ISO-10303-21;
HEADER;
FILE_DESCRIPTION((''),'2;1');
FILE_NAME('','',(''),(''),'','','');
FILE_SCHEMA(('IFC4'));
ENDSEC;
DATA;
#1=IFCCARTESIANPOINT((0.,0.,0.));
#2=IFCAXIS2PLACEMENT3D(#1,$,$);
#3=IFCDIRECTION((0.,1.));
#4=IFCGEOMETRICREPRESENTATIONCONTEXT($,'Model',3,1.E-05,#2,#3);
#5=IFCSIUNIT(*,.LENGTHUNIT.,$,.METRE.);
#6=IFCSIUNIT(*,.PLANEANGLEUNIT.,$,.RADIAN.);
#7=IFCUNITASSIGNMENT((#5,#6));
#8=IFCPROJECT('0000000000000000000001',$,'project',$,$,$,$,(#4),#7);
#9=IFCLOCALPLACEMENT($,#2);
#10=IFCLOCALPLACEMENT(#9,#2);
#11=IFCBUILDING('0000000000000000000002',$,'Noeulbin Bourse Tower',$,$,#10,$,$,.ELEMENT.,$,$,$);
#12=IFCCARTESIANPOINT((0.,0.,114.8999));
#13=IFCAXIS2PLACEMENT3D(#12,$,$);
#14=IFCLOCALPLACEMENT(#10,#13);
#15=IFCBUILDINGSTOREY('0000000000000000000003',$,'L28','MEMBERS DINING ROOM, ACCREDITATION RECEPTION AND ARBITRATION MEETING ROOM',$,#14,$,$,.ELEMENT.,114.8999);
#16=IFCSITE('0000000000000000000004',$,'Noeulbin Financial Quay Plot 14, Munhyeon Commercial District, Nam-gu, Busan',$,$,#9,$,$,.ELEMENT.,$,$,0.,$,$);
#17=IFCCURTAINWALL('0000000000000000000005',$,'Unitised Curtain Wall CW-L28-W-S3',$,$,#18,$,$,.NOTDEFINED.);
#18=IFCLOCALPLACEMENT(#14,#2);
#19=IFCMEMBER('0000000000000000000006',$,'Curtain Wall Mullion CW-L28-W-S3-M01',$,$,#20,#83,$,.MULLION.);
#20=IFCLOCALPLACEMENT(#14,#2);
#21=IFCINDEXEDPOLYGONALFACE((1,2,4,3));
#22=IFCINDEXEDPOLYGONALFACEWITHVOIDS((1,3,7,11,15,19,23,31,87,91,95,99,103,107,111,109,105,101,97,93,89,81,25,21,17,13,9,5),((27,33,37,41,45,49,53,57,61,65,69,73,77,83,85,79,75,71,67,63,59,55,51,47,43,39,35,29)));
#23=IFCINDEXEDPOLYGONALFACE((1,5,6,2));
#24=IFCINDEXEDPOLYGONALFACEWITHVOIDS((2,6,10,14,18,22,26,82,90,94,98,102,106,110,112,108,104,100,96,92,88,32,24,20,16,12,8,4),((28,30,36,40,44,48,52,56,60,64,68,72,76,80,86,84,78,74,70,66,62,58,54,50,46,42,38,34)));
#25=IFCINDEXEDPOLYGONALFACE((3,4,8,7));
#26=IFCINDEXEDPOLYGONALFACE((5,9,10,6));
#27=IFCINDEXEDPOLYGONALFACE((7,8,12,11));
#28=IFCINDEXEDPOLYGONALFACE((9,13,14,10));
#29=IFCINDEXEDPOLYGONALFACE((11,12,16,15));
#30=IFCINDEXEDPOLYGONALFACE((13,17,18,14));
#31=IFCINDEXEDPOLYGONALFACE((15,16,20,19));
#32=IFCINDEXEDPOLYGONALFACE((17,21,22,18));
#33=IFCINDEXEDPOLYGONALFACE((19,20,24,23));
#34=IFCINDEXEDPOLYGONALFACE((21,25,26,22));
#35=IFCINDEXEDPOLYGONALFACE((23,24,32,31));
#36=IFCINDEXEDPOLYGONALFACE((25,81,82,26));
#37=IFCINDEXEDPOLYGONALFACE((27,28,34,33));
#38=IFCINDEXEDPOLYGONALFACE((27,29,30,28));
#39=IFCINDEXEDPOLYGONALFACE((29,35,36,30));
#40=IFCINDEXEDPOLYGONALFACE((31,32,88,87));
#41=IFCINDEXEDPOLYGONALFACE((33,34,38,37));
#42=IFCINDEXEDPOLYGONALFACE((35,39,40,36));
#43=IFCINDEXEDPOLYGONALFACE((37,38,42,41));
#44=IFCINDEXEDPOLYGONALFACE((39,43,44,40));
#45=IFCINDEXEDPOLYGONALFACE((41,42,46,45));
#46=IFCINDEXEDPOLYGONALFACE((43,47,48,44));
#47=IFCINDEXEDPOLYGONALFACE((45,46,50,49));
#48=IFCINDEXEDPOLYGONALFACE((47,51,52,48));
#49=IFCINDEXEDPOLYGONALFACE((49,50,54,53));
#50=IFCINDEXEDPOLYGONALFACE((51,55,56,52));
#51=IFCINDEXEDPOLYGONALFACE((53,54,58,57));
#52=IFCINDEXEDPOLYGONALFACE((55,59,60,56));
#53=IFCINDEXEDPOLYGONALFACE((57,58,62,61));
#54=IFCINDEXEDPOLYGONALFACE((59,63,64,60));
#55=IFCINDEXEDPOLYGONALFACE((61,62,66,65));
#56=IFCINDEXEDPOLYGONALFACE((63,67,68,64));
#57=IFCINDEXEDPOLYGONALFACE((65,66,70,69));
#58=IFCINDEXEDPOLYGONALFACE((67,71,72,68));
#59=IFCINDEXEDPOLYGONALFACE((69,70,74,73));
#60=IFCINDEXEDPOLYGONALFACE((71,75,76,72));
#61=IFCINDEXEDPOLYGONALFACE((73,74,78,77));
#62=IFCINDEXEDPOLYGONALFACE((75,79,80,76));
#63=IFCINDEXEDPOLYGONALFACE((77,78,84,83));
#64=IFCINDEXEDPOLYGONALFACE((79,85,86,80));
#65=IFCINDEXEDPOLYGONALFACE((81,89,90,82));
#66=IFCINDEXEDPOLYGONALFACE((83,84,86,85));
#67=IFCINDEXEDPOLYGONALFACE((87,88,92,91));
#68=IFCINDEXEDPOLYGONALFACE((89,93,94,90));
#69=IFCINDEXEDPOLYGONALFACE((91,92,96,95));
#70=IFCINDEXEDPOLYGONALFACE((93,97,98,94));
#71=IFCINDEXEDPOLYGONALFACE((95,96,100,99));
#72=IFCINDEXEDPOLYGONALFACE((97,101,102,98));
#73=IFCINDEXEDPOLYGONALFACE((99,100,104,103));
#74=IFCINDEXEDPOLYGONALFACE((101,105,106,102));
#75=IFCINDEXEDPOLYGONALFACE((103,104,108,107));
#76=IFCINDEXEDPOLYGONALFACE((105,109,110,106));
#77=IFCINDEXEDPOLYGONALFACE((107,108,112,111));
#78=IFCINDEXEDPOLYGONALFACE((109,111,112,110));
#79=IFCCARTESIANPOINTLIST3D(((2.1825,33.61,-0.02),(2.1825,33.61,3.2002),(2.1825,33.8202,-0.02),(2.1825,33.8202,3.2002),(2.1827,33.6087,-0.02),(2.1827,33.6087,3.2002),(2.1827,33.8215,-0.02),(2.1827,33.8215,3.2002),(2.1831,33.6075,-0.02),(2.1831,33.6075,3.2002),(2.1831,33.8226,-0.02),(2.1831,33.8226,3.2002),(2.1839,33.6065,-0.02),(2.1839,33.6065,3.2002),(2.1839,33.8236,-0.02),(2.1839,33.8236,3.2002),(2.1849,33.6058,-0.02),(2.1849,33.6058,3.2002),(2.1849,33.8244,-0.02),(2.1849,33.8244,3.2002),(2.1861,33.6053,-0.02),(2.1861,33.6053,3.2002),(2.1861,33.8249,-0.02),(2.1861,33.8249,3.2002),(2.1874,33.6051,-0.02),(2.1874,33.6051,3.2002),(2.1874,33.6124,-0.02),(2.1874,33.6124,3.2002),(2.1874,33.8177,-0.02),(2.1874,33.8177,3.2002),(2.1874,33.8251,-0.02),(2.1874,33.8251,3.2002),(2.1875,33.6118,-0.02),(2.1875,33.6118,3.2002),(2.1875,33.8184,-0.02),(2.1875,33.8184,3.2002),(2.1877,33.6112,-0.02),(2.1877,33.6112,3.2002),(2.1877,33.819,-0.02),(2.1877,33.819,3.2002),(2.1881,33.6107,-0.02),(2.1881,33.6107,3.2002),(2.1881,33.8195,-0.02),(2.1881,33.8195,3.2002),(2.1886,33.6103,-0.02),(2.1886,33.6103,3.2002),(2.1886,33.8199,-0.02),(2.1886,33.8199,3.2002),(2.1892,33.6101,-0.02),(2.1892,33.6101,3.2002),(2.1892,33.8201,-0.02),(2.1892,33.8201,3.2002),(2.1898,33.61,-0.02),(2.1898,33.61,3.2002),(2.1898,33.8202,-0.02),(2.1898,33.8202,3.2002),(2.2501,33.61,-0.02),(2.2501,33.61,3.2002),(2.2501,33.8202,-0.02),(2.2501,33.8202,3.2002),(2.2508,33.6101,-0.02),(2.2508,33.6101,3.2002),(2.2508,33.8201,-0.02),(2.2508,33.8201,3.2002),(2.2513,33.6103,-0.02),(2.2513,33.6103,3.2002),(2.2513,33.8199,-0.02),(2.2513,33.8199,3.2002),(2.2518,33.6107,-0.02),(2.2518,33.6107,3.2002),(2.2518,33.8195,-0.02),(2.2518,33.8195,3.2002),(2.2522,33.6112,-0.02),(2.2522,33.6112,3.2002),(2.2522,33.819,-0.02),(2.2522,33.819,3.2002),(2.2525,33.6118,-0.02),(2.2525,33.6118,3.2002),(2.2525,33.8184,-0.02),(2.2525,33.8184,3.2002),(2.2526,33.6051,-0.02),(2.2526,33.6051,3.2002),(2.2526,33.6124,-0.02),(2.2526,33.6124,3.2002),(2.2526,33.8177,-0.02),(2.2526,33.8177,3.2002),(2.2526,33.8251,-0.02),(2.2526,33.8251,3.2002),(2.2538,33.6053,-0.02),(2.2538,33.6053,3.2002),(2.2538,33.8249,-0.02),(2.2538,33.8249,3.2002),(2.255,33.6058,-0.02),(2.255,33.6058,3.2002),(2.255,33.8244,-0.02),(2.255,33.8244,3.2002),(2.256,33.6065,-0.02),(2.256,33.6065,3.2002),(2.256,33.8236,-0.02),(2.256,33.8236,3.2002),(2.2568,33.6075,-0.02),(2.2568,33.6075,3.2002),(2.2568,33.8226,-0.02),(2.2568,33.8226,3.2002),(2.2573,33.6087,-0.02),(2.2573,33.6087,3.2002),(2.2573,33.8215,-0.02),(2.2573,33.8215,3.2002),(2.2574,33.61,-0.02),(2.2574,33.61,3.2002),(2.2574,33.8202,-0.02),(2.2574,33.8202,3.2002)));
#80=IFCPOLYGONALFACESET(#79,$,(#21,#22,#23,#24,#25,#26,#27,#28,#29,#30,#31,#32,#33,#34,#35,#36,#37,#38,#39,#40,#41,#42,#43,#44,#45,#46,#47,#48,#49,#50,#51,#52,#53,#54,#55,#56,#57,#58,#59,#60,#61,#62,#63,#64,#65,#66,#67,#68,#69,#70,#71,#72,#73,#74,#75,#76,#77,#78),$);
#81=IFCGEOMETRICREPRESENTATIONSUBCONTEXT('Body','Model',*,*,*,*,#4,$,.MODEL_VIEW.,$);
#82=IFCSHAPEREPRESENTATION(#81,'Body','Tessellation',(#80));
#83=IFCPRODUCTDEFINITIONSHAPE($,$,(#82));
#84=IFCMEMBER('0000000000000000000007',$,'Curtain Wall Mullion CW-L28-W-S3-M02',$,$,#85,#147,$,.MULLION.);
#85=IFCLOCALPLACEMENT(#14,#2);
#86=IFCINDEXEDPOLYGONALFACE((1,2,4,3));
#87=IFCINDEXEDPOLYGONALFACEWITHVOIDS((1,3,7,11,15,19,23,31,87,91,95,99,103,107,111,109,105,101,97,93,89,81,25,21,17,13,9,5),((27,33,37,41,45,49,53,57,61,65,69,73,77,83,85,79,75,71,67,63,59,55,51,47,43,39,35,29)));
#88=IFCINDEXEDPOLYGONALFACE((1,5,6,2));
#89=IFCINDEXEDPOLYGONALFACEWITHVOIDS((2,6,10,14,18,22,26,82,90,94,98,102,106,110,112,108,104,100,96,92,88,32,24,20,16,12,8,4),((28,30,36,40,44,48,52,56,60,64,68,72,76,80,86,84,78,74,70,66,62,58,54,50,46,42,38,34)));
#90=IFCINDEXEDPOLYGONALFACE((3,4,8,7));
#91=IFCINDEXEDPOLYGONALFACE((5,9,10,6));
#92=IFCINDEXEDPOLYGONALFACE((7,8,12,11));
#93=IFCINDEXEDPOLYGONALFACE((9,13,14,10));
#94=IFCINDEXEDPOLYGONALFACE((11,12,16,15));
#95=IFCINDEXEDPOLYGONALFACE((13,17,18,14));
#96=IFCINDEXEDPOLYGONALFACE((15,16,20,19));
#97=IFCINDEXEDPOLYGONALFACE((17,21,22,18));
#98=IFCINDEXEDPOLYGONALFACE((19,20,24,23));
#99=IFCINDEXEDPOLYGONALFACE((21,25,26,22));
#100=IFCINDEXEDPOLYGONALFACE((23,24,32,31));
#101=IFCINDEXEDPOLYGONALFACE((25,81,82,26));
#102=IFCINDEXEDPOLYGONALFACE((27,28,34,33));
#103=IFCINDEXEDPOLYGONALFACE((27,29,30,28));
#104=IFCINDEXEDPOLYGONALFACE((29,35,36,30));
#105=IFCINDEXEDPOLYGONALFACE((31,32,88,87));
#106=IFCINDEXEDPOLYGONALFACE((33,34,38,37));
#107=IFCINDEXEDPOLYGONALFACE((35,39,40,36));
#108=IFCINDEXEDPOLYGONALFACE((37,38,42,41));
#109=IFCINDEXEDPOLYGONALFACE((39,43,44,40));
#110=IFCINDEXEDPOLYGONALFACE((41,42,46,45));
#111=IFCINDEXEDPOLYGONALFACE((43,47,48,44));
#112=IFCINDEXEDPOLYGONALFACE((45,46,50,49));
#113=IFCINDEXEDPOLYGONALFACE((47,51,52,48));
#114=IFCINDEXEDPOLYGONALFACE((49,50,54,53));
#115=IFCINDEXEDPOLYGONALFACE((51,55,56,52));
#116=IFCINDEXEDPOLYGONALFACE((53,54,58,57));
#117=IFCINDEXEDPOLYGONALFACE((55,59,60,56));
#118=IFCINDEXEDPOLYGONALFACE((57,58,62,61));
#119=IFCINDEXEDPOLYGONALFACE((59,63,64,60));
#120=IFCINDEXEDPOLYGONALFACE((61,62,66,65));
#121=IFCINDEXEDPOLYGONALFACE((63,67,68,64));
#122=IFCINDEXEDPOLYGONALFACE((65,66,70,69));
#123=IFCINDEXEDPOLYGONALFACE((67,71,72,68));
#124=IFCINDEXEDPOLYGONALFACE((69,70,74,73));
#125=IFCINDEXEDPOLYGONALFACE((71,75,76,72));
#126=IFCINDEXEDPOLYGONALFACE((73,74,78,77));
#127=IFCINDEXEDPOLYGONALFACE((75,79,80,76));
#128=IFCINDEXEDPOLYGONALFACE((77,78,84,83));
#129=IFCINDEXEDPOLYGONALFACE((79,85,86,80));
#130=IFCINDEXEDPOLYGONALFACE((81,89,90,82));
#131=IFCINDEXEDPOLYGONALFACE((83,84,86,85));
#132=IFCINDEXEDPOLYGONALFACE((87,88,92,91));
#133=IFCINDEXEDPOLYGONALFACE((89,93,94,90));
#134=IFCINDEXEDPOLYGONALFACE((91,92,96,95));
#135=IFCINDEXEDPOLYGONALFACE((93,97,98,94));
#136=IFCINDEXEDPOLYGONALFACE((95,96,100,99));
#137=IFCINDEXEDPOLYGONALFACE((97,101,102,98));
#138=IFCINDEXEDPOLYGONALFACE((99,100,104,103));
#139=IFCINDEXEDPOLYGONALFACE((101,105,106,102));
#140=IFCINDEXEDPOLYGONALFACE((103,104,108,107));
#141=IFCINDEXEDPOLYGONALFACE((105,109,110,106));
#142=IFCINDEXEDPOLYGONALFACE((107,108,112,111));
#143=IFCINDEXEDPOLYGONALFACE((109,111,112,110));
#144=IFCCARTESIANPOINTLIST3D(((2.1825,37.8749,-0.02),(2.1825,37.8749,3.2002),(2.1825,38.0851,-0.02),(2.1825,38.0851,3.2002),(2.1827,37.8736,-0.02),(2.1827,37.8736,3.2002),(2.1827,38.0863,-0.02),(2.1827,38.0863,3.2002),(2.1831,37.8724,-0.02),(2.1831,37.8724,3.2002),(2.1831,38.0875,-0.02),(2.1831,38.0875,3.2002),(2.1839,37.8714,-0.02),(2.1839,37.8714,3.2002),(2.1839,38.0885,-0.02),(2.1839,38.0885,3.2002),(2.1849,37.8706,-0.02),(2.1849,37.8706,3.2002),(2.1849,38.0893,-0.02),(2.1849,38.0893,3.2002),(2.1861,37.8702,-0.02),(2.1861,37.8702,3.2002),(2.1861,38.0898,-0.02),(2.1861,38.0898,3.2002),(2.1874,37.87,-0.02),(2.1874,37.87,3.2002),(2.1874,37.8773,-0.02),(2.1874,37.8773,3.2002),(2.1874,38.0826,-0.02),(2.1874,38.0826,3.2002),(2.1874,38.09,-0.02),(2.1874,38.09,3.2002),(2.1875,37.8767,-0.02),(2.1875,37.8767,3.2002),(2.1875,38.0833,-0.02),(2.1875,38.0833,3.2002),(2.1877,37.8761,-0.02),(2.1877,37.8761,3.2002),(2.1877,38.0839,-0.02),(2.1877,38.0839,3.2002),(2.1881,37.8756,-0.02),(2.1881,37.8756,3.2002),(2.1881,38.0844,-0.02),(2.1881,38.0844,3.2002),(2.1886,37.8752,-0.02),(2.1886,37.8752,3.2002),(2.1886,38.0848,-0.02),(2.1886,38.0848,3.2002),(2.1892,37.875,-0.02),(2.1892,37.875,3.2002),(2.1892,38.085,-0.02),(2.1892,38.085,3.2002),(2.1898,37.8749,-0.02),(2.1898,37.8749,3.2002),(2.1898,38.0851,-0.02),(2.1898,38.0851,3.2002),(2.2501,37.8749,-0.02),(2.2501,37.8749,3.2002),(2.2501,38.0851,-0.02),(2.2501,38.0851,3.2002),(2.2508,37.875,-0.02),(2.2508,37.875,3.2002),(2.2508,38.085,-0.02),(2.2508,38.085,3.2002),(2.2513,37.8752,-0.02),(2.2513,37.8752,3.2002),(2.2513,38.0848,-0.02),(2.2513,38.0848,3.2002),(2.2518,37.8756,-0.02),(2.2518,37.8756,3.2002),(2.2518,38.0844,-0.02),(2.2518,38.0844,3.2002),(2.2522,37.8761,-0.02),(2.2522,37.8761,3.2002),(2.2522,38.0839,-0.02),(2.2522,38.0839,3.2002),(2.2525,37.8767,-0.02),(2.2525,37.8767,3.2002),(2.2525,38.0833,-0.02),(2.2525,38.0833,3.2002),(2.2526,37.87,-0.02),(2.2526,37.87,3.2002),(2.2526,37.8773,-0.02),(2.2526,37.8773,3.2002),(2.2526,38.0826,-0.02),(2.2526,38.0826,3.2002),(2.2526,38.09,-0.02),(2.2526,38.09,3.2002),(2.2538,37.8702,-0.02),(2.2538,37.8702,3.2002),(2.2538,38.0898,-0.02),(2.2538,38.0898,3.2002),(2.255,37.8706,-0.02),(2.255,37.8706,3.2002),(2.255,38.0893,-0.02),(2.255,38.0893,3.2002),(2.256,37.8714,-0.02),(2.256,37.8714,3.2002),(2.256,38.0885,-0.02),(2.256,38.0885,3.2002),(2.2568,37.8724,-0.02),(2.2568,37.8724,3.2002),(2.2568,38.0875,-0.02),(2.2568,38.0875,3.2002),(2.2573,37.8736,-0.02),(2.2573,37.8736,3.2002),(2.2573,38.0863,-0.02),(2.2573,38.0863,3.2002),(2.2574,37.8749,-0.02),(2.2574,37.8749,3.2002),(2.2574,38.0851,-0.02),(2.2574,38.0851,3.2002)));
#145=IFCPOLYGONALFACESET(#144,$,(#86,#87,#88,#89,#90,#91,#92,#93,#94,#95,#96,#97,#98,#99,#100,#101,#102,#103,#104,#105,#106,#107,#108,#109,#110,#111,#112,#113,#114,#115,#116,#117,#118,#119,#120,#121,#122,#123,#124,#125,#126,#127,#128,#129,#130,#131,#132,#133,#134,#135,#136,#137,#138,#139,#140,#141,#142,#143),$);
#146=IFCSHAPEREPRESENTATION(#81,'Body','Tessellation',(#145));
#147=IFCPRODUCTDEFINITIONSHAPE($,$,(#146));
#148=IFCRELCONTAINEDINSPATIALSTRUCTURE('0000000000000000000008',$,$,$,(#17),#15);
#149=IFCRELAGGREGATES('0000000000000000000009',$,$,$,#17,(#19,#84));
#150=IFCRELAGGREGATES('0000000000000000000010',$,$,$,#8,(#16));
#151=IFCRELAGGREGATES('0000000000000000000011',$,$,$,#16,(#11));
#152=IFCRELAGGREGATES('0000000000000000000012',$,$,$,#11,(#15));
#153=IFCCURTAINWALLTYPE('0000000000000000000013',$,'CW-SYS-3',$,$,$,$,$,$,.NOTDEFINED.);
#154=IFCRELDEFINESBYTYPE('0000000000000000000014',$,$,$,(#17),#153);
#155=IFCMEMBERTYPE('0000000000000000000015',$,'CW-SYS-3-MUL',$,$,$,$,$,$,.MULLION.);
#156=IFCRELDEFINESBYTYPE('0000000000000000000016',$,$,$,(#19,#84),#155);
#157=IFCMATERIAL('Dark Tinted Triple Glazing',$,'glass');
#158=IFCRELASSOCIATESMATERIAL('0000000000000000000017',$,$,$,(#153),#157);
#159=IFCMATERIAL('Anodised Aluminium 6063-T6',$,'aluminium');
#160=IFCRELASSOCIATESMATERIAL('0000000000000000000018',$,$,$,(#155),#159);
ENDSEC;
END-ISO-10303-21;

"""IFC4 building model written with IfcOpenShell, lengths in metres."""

from ifc_helpers import new_model, si_unit, direction, frame, origin, origin_2d, place, context, subcontext, project, spatial, hollow_rectangle, extrude, material, material_profile, profile_set, type_object, element, aggregate, save


model = new_model("IFC4")

# Units and contexts
model_context = context("Model", 3, precision=1e-05, world=origin(), true_north=direction((0.0, 1.0)))
body_context = subcontext(model_context, "Body", "Model", "MODEL_VIEW")
ifc_project = project(units=[si_unit("LENGTHUNIT", "METRE"), si_unit("PLANEANGLEUNIT", "RADIAN")], contexts=[model_context])

# Site, building, storey
site_placement = place(None, origin())
site = spatial("IfcSite", under=ifc_project, at=site_placement, Name="Noeulbin Financial Quay Plot 14, Munhyeon Commercial District, Nam-gu, Busan", CompositionType="ELEMENT", RefElevation=0.0)
building_placement = place(site_placement, origin())
building = spatial("IfcBuilding", under=site, at=building_placement, Name="Noeulbin Bourse Tower", CompositionType="ELEMENT")
storey_placement = place(building_placement, frame((0.0, 0.0, 114.8999)))
storey = spatial("IfcBuildingStorey", under=building, at=storey_placement, Name="L28", Description="MEMBERS DINING ROOM, ACCREDITATION RECEPTION AND ARBITRATION MEETING ROOM", CompositionType="ELEMENT", Elevation=114.8999)

# Curtain wall, members
ifc_material_1 = material(Name="Dark Tinted Triple Glazing", Category="glass")
curtain_wall_type = type_object("IfcCurtainWallType", Name="CW-SYS-3", PredefinedType="NOTDEFINED", material=ifc_material_1)
ifc_material_2 = material(Name="Anodised Aluminium 6063-T6", Category="aluminium")
ifc_material_profile_1 = material_profile(ifc_material_2, hollow_rectangle(XDim=0.075, YDim=0.22, WallThickness=0.0049, InnerFilletRadius=0.0024, OuterFilletRadius=0.0049, at=origin_2d()), Name="ALU-MULL-75x220x5", Category="LoadBearing")
ifc_profile_set_1 = profile_set([ifc_material_profile_1], Name="Anodised Aluminium 6063-T6")
member_type_1 = type_object("IfcMemberType", Name="CW-SYS-3-MUL", PredefinedType="MULLION", material=ifc_profile_set_1)
curtain_wall_1_placement = place(storey_placement, origin())
curtain_wall_1 = element("IfcCurtainWall", 1, at=curtain_wall_1_placement, inside=storey, type_object=curtain_wall_type, Name="Unitised Curtain Wall CW-L28-W-S3", PredefinedType="NOTDEFINED")
member_1_placement = place(storey_placement, frame((2.22, 33.7151, -0.02), z_axis=(0.0, 0.0, 1.0), x_axis=(1.0, 0.0, 0.0)))
member_1 = element("IfcMember", 2, at=member_1_placement, type_object=member_type_1, Name="Curtain Wall Mullion CW-L28-W-S3-M01", PredefinedType="MULLION", context=body_context, shape_type="SweptSolid", body=[
    extrude(hollow_rectangle(XDim=0.075, YDim=0.22, WallThickness=0.0049, InnerFilletRadius=0.0024, OuterFilletRadius=0.0049, at=origin_2d()), origin(), (0.0, 0.0, 1.0), 3.2202),
])
member_2_placement = place(storey_placement, frame((2.22, 37.98, -0.02), z_axis=(0.0, 0.0, 1.0), x_axis=(1.0, 0.0, 0.0)))
member_2 = element("IfcMember", 3, at=member_2_placement, type_object=member_type_1, Name="Curtain Wall Mullion CW-L28-W-S3-M02", PredefinedType="MULLION", context=body_context, shape_type="SweptSolid", body=[
    extrude(hollow_rectangle(XDim=0.075, YDim=0.22, WallThickness=0.0049, InnerFilletRadius=0.0024, OuterFilletRadius=0.0049, at=origin_2d()), origin(), (0.0, 0.0, 1.0), 3.2202),
])

aggregate(curtain_wall_1, [member_1, member_2])

save(model, "model.ifc")
